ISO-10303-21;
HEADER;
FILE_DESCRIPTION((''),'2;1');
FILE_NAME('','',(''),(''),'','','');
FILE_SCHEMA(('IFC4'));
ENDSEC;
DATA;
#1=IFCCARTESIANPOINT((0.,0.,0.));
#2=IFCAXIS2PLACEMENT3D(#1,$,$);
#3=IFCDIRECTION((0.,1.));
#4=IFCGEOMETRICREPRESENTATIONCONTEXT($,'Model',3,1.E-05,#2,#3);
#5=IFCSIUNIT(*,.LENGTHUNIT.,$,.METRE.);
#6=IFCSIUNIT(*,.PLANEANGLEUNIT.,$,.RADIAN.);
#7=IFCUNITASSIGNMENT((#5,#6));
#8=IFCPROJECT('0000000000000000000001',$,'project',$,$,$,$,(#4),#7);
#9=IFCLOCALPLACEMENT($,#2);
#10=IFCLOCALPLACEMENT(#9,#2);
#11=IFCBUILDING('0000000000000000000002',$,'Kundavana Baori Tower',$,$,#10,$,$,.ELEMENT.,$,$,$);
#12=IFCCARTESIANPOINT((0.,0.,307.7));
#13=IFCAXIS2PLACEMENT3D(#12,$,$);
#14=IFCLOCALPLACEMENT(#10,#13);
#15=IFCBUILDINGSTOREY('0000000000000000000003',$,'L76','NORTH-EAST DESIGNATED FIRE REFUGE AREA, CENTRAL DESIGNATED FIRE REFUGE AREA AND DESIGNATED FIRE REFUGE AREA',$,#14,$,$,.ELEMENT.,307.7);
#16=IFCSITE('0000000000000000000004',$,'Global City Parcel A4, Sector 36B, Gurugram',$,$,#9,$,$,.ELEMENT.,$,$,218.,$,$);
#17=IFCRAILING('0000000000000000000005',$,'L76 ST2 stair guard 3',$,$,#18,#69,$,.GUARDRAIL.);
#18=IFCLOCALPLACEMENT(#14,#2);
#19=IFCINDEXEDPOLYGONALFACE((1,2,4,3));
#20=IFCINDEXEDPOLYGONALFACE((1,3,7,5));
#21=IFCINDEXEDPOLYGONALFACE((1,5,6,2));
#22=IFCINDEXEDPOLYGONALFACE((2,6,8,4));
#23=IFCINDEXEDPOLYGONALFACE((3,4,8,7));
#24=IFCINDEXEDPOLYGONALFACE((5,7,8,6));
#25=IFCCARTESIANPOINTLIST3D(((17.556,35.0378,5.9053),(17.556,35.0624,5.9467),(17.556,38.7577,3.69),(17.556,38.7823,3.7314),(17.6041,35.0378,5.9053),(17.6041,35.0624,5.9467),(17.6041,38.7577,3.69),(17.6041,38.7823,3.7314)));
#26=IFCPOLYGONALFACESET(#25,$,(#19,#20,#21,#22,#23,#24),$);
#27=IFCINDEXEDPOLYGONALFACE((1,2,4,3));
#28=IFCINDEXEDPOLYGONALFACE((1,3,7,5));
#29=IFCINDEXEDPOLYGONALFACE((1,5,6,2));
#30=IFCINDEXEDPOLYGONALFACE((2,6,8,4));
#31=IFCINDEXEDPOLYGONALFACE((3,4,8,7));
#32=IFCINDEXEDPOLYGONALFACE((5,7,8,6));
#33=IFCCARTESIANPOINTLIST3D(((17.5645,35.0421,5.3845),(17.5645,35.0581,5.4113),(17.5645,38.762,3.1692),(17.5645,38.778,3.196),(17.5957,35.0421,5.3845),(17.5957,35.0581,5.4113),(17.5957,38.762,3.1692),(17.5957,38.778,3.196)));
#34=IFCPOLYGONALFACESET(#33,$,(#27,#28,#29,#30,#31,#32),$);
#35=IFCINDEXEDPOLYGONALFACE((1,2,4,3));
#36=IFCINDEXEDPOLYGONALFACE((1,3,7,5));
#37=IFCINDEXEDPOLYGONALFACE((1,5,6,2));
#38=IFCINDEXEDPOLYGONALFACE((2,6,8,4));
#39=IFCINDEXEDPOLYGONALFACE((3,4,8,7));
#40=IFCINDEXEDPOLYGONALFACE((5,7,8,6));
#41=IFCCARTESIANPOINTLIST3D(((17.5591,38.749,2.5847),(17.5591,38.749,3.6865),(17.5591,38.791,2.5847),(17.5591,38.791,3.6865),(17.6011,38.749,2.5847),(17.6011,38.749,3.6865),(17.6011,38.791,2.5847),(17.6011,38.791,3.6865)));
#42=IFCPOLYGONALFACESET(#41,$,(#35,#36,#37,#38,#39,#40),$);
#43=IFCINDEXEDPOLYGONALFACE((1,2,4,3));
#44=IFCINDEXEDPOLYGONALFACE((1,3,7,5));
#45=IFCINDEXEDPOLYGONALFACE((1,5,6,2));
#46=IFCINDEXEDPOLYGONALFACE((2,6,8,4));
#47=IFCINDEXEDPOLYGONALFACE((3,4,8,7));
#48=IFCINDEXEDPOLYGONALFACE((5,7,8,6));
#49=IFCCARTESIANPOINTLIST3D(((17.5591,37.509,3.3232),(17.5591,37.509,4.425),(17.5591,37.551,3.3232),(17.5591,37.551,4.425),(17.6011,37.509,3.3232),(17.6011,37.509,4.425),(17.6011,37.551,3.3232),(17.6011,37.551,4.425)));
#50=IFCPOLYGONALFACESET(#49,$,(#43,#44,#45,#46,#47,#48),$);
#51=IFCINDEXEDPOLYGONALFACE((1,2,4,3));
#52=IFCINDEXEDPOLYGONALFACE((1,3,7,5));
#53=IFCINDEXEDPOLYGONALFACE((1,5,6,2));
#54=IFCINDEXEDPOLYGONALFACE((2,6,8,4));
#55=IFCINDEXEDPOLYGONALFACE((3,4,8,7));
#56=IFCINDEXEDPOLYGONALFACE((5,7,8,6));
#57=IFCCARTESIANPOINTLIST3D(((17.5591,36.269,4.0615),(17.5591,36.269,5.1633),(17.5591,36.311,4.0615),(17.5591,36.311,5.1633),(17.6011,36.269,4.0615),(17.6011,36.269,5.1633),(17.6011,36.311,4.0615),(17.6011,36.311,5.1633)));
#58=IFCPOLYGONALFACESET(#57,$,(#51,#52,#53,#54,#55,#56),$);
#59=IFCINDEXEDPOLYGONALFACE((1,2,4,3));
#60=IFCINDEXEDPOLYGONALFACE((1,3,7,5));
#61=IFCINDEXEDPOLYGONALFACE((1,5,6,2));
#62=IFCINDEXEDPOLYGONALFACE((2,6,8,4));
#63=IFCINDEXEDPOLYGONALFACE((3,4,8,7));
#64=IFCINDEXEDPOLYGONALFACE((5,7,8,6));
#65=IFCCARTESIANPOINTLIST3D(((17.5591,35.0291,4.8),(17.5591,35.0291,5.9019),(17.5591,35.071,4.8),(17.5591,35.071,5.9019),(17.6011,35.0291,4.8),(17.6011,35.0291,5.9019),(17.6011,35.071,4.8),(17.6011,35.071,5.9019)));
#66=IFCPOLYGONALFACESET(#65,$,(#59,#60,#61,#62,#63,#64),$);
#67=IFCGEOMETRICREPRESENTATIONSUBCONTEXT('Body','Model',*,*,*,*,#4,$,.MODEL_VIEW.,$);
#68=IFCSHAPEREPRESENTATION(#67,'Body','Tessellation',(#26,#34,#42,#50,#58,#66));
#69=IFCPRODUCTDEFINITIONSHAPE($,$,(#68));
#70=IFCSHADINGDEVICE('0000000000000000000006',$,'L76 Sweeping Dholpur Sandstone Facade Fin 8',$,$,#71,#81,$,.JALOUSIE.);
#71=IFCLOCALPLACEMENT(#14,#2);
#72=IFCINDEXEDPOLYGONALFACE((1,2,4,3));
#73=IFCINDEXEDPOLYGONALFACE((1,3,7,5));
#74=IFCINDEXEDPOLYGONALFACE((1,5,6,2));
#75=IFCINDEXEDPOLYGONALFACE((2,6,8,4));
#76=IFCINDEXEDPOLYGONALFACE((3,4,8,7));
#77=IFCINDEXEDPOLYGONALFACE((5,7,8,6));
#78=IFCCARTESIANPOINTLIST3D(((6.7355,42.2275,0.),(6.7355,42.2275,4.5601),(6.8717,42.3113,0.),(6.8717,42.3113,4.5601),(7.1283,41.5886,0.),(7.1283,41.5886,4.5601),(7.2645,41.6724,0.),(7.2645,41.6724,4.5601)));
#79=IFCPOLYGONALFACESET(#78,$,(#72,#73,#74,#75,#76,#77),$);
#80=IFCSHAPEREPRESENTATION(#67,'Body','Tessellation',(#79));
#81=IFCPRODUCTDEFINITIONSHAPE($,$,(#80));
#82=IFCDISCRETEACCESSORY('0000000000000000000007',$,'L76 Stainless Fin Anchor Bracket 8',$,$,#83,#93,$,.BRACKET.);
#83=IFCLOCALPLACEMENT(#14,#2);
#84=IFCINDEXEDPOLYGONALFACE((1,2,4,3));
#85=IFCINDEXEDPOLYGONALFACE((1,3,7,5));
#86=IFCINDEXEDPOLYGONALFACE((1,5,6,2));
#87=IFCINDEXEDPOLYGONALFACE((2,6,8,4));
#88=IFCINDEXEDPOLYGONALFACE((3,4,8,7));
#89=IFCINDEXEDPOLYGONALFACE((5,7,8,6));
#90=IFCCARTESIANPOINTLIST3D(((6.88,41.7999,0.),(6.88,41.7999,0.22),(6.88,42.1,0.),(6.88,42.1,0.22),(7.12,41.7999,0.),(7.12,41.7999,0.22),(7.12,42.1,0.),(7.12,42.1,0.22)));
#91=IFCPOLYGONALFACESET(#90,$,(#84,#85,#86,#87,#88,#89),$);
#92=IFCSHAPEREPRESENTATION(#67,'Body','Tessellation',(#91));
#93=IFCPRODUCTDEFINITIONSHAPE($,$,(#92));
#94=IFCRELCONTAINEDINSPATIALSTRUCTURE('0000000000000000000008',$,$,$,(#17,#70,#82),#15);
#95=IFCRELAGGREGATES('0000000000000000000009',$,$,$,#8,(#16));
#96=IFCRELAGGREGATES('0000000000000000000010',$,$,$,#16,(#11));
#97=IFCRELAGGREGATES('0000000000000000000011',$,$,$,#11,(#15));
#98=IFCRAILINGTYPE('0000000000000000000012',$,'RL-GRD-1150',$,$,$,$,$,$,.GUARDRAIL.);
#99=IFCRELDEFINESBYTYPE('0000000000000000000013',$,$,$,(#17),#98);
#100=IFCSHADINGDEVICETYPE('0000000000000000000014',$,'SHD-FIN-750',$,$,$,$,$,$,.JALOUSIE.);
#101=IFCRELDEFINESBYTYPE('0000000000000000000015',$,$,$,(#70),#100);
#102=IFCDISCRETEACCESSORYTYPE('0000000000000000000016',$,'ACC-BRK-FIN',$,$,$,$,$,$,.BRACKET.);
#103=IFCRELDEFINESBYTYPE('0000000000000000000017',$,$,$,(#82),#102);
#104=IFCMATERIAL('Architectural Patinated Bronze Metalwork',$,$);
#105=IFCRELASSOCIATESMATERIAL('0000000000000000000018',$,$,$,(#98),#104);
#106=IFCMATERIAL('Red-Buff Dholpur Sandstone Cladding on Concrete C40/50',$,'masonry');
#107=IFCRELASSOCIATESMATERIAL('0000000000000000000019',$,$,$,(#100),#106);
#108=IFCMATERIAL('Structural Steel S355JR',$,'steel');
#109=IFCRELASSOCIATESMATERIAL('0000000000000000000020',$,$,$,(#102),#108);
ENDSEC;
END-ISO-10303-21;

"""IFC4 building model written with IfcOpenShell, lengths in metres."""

from ifc_helpers import new_model, si_unit, direction, frame, origin, origin_2d, place, context, subcontext, project, spatial, rectangle, extrude, material, type_object, element, save


model = new_model("IFC4")

# Units and contexts
model_context = context("Model", 3, precision=1e-05, world=origin(), true_north=direction((0.0, 1.0)))
body_context = subcontext(model_context, "Body", "Model", "MODEL_VIEW")
ifc_project = project(units=[si_unit("LENGTHUNIT", "METRE"), si_unit("PLANEANGLEUNIT", "RADIAN")], contexts=[model_context])

# Site, building, storey
site_placement = place(None, origin())
site = spatial("IfcSite", under=ifc_project, at=site_placement, Name="Global City Parcel A4, Sector 36B, Gurugram", CompositionType="ELEMENT", RefElevation=218.0)
building_placement = place(site_placement, origin())
building = spatial("IfcBuilding", under=site, at=building_placement, Name="Kundavana Baori Tower", CompositionType="ELEMENT")
storey_placement = place(building_placement, frame((0.0, 0.0, 307.7)))
storey = spatial("IfcBuildingStorey", under=building, at=storey_placement, Name="L76", Description="NORTH-EAST DESIGNATED FIRE REFUGE AREA, CENTRAL DESIGNATED FIRE REFUGE AREA AND DESIGNATED FIRE REFUGE AREA", CompositionType="ELEMENT", Elevation=307.7)

# Railing
ifc_material_1 = material(Name="Architectural Patinated Bronze Metalwork")
railing_type = type_object("IfcRailingType", Name="RL-GRD-1150", PredefinedType="GUARDRAIL", material=ifc_material_1)
railing_placement = place(storey_placement, frame((17.5801, 38.77, 2.5847)))
element("IfcRailing", 1, at=railing_placement, inside=storey, type_object=railing_type, Name="L76 ST2 stair guard 3", PredefinedType="GUARDRAIL", context=body_context, shape_type="SweptSolid", body=[
    extrude(rectangle(XDim=0.0481, YDim=0.0481, at=origin_2d()), frame((0.0, 0.0, 1.126), z_axis=(0.0, -0.859185, 0.511665), x_axis=(1.0, 0.0, 0.0)), (0.0, 0.0, 1.0), 4.3296),
    extrude(rectangle(XDim=0.0312, YDim=0.0312, at=origin_2d()), frame((0.0, 0.0, 0.5979), z_axis=(0.0, -0.859185, 0.511665), x_axis=(1.0, 0.0, 0.0)), (0.0, 0.0, 1.0), 4.3296),
    extrude(rectangle(XDim=0.042, YDim=0.042, at=origin_2d()), origin(), (0.0, 0.0, 1.0), 1.1018),
    extrude(rectangle(XDim=0.042, YDim=0.042, at=origin_2d()), frame((0.0, -1.24, 0.7385)), (0.0, 0.0, 1.0), 1.1018),
    extrude(rectangle(XDim=0.042, YDim=0.042, at=origin_2d()), frame((0.0, -2.48, 1.4768)), (0.0, 0.0, 1.0), 1.1018),
    extrude(rectangle(XDim=0.042, YDim=0.042, at=origin_2d()), frame((0.0, -3.72, 2.2153)), (0.0, 0.0, 1.0), 1.1018),
])

# Shading device
ifc_material_2 = material(Name="Red-Buff Dholpur Sandstone Cladding on Concrete C40/50", Category="masonry")
shading_device_type = type_object("IfcShadingDeviceType", Name="SHD-FIN-750", PredefinedType="JALOUSIE", material=ifc_material_2)
shading_device_placement = place(storey_placement, frame((7.0, 41.95, 0.0), z_axis=(0.0, 0.0, 1.0), x_axis=(0.85191, 0.523689, 0.0)))
element("IfcShadingDevice", 2, at=shading_device_placement, inside=storey, type_object=shading_device_type, Name="L76 Sweeping Dholpur Sandstone Facade Fin 8", PredefinedType="JALOUSIE", context=body_context, shape_type="SweptSolid", body=[
    extrude(rectangle(XDim=0.1599, YDim=0.75, at=origin_2d()), origin(), (0.0, 0.0, 1.0), 4.5601),
])

# Discrete accessory
ifc_material_3 = material(Name="Structural Steel S355JR", Category="steel")
discrete_accessory_type = type_object("IfcDiscreteAccessoryType", Name="ACC-BRK-FIN", PredefinedType="BRACKET", material=ifc_material_3)
discrete_accessory_placement = place(storey_placement, frame((7.0, 41.95, 0.0), z_axis=(0.0, 0.0, 1.0), x_axis=(1.0, 0.0, 0.0)))
element("IfcDiscreteAccessory", 3, at=discrete_accessory_placement, inside=storey, type_object=discrete_accessory_type, Name="L76 Stainless Fin Anchor Bracket 8", PredefinedType="BRACKET", context=body_context, shape_type="SweptSolid", body=[
    extrude(rectangle(XDim=0.24, YDim=0.3, at=origin_2d()), origin(), (0.0, 0.0, 1.0), 0.22),
])

save(model, "model.ifc")
